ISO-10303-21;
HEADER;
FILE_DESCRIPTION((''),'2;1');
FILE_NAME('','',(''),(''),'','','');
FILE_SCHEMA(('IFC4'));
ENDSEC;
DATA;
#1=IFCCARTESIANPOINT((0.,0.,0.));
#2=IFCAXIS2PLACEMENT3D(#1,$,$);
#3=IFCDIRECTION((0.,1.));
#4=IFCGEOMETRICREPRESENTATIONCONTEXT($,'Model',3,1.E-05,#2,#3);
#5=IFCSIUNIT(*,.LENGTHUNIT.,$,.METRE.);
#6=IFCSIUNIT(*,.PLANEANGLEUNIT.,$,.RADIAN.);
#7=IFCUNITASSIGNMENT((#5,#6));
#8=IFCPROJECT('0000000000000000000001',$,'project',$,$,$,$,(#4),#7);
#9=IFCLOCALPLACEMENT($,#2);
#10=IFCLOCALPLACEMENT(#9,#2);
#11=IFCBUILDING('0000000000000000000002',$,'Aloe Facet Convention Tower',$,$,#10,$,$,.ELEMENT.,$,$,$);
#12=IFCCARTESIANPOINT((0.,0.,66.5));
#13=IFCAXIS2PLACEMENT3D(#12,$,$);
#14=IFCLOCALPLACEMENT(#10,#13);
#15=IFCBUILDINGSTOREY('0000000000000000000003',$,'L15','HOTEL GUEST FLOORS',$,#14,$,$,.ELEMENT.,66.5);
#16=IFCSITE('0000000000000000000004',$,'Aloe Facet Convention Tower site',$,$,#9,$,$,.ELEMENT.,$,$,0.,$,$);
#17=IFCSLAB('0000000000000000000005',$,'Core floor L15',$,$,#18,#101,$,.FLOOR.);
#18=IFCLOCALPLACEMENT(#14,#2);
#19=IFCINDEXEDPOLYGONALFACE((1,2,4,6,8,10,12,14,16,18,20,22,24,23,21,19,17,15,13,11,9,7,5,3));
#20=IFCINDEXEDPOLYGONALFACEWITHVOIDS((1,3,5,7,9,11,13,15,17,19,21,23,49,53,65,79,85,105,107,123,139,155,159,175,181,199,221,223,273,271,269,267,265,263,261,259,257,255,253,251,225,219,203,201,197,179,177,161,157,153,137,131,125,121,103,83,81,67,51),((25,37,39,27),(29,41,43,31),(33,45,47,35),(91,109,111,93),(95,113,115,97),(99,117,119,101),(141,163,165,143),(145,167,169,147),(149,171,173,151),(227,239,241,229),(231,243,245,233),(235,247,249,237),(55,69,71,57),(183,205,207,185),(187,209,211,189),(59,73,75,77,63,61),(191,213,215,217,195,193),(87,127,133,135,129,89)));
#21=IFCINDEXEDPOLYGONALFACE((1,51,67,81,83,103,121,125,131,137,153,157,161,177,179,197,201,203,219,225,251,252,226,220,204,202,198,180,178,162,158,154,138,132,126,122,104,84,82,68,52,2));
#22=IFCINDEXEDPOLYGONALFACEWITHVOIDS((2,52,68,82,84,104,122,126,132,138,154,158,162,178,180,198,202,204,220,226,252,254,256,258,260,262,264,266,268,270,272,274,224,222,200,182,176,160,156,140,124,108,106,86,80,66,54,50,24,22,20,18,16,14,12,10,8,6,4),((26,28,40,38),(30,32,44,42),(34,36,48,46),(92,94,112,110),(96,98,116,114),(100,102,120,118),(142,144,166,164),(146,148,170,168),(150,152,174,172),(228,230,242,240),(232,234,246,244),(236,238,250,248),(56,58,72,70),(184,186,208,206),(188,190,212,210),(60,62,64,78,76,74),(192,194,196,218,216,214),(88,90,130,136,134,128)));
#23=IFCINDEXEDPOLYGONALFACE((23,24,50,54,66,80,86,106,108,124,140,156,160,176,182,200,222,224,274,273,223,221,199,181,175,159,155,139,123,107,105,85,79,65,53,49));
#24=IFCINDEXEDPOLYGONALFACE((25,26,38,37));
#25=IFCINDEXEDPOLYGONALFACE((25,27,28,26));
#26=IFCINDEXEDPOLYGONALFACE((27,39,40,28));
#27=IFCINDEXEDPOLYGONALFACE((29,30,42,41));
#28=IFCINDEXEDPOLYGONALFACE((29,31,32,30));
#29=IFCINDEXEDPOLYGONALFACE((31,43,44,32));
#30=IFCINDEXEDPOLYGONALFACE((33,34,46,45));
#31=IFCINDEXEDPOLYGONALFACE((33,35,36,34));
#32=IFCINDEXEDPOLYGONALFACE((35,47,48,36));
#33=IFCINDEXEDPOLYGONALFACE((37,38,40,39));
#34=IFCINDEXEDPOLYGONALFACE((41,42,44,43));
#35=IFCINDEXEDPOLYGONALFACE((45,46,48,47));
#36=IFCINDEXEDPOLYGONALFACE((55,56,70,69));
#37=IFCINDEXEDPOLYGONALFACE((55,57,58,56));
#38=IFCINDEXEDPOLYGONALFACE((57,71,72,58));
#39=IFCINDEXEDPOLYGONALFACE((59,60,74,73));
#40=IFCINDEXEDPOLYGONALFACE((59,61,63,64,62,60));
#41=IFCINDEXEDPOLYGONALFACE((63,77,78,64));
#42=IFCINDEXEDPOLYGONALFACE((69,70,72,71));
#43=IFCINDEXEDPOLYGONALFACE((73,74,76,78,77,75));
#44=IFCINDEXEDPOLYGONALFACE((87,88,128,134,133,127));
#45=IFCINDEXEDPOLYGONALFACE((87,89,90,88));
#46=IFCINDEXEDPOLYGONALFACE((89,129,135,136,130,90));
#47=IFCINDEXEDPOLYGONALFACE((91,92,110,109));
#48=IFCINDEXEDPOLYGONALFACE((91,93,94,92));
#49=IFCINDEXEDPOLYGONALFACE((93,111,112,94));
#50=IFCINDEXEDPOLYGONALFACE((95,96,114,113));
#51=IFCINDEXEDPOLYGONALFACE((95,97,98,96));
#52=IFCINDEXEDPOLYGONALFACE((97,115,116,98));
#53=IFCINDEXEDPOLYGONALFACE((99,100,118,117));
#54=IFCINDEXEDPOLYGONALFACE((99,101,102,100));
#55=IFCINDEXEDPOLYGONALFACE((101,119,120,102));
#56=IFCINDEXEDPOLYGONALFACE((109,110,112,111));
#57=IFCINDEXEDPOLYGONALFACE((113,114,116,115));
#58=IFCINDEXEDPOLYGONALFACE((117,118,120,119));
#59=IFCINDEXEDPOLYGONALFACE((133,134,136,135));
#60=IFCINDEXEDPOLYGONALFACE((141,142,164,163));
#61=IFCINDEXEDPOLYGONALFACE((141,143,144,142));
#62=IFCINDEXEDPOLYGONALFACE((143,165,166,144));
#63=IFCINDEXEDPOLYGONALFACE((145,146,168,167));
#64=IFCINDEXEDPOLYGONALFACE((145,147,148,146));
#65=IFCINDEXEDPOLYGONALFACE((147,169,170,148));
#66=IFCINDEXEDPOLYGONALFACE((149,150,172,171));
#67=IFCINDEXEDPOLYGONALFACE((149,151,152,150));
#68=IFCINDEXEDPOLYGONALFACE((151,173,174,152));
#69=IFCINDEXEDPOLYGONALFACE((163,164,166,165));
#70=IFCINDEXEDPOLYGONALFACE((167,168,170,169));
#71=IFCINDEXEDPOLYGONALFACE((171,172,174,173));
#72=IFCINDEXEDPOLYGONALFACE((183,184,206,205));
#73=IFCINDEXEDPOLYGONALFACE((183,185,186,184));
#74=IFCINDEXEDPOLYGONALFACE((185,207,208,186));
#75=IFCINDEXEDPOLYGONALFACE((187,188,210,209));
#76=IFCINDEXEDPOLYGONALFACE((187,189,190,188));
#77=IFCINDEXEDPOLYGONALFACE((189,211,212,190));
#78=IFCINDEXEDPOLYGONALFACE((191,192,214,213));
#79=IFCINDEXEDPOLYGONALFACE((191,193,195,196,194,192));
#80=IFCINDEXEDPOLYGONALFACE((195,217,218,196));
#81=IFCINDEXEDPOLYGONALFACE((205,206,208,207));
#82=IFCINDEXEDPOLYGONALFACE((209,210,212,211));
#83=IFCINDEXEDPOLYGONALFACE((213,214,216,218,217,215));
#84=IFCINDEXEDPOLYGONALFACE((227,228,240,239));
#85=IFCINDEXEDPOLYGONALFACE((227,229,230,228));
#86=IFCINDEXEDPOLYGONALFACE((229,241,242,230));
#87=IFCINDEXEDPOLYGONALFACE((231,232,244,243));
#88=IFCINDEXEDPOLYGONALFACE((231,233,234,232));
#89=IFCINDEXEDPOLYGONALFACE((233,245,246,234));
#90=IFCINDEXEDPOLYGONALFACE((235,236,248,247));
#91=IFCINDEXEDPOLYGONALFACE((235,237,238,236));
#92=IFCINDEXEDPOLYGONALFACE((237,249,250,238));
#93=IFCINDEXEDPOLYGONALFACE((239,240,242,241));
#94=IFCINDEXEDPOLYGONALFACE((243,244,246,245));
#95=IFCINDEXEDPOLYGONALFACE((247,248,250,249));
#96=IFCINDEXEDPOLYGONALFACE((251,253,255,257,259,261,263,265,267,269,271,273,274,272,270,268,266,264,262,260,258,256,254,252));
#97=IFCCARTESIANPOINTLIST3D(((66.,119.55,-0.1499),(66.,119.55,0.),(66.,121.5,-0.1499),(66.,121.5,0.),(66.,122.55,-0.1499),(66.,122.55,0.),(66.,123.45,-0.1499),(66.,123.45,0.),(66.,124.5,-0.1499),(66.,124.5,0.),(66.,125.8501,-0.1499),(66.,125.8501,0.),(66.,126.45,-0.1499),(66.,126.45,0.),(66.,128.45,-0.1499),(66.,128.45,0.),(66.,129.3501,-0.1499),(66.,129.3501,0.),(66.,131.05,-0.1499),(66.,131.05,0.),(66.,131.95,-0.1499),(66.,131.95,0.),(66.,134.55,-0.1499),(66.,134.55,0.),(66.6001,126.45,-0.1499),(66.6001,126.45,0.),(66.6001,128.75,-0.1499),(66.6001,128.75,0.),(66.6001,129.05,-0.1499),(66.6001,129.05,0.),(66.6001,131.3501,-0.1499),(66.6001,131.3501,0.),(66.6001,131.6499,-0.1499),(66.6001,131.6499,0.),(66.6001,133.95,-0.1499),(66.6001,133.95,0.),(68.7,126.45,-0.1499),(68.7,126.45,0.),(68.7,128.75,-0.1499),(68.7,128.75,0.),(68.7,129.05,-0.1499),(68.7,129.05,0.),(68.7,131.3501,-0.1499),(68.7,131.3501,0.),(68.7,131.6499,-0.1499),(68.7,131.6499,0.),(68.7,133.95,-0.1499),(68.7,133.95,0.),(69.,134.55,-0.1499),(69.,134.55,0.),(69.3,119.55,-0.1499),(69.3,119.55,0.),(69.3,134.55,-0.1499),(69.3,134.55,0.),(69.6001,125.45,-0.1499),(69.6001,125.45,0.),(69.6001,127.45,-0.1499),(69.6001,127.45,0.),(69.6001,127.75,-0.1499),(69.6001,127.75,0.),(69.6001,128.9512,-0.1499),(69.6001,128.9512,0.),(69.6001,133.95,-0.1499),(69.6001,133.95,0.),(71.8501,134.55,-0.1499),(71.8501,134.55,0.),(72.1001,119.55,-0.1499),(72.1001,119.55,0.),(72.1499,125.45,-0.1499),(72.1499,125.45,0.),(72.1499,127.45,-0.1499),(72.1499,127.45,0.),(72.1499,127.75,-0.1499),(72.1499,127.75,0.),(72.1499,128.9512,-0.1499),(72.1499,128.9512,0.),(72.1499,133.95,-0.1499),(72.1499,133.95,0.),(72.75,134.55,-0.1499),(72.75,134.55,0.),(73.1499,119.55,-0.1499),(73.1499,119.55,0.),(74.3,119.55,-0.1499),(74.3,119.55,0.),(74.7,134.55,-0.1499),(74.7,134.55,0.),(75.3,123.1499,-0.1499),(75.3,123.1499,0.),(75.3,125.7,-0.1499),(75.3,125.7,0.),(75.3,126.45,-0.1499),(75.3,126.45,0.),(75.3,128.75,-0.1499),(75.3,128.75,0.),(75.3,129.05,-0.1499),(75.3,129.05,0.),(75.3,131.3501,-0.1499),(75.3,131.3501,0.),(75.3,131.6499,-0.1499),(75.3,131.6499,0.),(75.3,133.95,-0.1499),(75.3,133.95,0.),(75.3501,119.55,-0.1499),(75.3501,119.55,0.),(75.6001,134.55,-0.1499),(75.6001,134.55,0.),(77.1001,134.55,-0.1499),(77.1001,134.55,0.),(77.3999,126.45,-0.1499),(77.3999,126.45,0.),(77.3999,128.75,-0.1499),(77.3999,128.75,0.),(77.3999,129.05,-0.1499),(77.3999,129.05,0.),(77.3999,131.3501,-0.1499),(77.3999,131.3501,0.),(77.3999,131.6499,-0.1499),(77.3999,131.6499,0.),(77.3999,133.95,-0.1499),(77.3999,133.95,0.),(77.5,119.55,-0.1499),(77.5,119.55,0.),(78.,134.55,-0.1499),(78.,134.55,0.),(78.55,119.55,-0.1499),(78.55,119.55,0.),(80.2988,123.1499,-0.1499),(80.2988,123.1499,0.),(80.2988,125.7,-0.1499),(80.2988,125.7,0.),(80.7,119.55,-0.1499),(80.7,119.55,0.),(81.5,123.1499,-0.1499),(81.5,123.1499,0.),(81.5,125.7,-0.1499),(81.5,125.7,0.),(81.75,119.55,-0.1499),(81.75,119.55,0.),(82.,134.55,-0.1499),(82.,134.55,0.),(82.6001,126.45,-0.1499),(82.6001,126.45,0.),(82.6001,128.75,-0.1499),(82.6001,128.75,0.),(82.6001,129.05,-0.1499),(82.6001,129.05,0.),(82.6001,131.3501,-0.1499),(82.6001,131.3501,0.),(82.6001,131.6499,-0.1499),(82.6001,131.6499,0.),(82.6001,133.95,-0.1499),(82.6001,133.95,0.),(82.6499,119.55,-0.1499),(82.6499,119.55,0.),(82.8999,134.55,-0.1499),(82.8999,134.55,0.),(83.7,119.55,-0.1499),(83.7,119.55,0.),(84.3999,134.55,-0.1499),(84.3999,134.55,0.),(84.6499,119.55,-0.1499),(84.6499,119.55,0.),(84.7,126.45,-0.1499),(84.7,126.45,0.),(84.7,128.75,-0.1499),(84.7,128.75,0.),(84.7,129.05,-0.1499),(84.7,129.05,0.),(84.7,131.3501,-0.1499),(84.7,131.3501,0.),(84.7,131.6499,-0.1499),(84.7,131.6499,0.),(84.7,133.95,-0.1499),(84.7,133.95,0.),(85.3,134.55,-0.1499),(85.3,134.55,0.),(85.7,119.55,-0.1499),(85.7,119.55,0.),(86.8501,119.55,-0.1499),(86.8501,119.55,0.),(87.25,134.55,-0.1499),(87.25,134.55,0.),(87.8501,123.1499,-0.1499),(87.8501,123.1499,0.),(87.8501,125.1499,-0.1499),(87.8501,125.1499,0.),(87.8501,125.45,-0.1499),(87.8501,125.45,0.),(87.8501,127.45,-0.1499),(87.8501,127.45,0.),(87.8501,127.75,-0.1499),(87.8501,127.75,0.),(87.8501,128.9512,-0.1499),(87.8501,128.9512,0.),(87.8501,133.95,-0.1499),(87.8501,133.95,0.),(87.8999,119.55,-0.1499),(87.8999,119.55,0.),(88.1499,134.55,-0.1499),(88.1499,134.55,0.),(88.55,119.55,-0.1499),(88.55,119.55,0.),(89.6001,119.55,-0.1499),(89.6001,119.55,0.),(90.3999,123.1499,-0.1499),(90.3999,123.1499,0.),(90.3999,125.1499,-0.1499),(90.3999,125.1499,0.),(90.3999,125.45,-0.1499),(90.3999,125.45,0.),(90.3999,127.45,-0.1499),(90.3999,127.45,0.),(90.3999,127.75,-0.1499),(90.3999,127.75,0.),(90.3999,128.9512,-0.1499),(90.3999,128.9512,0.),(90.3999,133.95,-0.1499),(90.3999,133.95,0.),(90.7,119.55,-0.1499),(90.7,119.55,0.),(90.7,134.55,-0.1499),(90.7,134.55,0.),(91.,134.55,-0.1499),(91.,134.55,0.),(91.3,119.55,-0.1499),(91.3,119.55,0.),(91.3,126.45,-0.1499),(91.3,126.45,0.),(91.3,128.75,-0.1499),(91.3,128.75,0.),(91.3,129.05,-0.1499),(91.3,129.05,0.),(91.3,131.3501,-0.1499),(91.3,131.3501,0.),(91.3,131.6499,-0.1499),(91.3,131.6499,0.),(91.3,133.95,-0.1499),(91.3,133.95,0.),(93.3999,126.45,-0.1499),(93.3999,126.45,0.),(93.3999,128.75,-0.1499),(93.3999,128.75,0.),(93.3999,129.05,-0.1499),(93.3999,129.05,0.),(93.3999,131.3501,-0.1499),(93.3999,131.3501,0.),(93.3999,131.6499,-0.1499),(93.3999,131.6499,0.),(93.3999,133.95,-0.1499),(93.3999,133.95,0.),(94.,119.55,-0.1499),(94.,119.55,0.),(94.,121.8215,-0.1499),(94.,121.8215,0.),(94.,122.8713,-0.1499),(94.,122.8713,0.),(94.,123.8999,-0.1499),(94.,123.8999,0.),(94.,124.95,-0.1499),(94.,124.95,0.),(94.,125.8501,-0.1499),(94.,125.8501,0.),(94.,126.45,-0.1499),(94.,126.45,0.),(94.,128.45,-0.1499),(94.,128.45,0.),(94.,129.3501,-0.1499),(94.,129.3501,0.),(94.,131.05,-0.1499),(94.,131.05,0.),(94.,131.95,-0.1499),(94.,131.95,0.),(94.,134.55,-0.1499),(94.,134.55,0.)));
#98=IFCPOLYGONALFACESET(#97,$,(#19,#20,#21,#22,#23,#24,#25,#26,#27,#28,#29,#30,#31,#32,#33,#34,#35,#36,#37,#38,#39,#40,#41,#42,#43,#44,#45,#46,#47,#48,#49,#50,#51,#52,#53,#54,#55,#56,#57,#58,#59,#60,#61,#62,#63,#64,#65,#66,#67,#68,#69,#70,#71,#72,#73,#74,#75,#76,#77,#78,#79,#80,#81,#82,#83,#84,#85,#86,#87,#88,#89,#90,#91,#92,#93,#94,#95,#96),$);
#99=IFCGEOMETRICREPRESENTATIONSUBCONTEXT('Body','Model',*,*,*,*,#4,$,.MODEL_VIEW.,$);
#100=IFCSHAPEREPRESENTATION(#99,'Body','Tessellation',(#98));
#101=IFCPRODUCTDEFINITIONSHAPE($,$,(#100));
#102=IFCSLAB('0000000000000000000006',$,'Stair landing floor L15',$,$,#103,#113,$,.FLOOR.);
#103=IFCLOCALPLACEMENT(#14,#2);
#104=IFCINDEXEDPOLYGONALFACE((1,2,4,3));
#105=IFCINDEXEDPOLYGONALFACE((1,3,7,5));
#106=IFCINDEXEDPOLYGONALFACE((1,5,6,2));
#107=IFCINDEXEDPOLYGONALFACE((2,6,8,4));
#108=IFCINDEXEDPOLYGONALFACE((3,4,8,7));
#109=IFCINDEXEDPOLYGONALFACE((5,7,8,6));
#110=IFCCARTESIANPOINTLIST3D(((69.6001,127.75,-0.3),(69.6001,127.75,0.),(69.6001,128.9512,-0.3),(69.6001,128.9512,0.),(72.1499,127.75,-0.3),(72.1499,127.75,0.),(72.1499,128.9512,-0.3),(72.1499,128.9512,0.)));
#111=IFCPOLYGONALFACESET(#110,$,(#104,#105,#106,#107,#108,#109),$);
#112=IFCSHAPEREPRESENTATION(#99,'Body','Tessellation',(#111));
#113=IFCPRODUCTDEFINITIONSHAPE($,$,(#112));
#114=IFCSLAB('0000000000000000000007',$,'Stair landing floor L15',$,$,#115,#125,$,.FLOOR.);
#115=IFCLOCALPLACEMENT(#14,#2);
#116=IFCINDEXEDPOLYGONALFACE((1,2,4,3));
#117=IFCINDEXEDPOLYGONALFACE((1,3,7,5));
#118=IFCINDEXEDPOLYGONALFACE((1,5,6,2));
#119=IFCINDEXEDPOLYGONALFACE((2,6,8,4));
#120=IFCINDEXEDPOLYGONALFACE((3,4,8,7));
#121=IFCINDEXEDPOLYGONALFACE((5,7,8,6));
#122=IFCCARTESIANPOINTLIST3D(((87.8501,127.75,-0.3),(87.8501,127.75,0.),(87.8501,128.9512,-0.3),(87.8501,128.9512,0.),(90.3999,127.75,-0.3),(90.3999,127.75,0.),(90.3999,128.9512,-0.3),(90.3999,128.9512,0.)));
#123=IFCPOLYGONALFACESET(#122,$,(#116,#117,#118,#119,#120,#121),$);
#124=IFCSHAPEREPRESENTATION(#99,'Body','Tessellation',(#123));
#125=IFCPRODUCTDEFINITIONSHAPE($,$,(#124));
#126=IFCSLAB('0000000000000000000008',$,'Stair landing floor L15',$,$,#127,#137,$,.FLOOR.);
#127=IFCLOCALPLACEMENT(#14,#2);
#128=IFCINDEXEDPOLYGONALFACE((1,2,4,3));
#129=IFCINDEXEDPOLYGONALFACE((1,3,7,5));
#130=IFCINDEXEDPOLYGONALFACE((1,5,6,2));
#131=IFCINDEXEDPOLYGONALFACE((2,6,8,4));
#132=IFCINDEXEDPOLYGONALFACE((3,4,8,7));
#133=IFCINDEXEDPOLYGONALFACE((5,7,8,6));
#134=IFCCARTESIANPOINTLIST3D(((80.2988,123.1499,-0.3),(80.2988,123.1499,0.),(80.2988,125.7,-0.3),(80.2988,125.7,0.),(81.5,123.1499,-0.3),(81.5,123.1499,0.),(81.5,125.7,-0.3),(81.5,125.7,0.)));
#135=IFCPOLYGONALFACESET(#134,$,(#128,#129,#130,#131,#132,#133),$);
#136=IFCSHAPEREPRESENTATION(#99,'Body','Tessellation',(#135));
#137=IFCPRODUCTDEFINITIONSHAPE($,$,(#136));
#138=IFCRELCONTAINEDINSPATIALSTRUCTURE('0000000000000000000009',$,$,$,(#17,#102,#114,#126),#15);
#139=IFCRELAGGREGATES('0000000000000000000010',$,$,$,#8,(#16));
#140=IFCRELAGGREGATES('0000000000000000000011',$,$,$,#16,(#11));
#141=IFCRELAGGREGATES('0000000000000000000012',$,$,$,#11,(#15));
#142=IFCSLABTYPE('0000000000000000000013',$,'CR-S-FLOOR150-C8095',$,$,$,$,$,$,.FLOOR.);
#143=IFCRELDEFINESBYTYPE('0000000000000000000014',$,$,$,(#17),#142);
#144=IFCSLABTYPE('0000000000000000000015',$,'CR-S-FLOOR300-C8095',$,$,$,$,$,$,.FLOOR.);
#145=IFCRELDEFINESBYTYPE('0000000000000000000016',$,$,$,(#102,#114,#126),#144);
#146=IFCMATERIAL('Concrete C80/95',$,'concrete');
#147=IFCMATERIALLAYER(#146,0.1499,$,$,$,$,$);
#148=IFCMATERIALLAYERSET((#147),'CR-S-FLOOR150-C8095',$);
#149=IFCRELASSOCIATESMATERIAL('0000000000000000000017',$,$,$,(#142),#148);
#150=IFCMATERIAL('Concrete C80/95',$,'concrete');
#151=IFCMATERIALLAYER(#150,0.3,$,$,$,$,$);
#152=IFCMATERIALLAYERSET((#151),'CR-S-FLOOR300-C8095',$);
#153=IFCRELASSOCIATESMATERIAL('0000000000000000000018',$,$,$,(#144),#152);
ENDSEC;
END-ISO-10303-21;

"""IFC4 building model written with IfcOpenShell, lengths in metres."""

from ifc_helpers import new_model, si_unit, direction, frame, origin, place, context, subcontext, project, spatial, polyline, outline, extrude, material, layer, layer_set, type_object, element, save


model = new_model("IFC4")

# Units and contexts
model_context = context("Model", 3, precision=1e-05, world=origin(), true_north=direction((0.0, 1.0)))
body_context = subcontext(model_context, "Body", "Model", "MODEL_VIEW")
ifc_project = project(units=[si_unit("LENGTHUNIT", "METRE"), si_unit("PLANEANGLEUNIT", "RADIAN")], contexts=[model_context])

# Site, building, storey
site_placement = place(None, origin())
site = spatial("IfcSite", under=ifc_project, at=site_placement, Name="Aloe Facet Convention Tower site", CompositionType="ELEMENT", RefElevation=0.0)
building_placement = place(site_placement, origin())
building = spatial("IfcBuilding", under=site, at=building_placement, Name="Aloe Facet Convention Tower", CompositionType="ELEMENT")
storey_placement = place(building_placement, frame((0.0, 0.0, 66.5)))
storey = spatial("IfcBuildingStorey", under=building, at=storey_placement, Name="L15", Description="HOTEL GUEST FLOORS", CompositionType="ELEMENT", Elevation=66.5)

# Slabs
ifc_material_1 = material(Name="Concrete C80/95", Category="concrete")
ifc_layer_1 = layer(ifc_material_1, 0.1499)
ifc_layer_set_1 = layer_set([ifc_layer_1], Name="CR-S-FLOOR150-C8095")
slab_type_1 = type_object("IfcSlabType", Name="CR-S-FLOOR150-C8095", PredefinedType="FLOOR", material=ifc_layer_set_1)
slab_1_placement = place(storey_placement, frame((0.0, 0.0, -0.1499)))
element("IfcSlab", 1, at=slab_1_placement, inside=storey, type_object=slab_type_1, Name="Core floor L15", PredefinedType="FLOOR", context=body_context, shape_type="SweptSolid", body=[
    extrude(outline(polyline([(69.3, 134.55), (71.8501, 134.55), (72.75, 134.55), (74.7, 134.55), (75.6001, 134.55), (77.1001, 134.55), (78.0, 134.55), (82.0, 134.55), (82.8999, 134.55), (84.3999, 134.55), (85.3, 134.55), (87.25, 134.55), (88.1499, 134.55), (90.7, 134.55), (91.0, 134.55), (94.0, 134.55), (94.0, 131.95), (94.0, 131.05), (94.0, 129.3501), (94.0, 128.45), (94.0, 126.45), (94.0, 125.8501), (94.0, 124.95), (94.0, 123.8999), (94.0, 122.8713), (94.0, 121.8215), (94.0, 119.55), (91.3, 119.55), (90.7, 119.55), (89.6001, 119.55), (88.55, 119.55), (87.8999, 119.55), (86.8501, 119.55), (85.7, 119.55), (84.6499, 119.55), (83.7, 119.55), (82.6499, 119.55), (81.75, 119.55), (80.7, 119.55), (78.55, 119.55), (77.5, 119.55), (75.3501, 119.55), (74.3, 119.55), (73.1499, 119.55), (72.1001, 119.55), (69.3, 119.55), (66.0, 119.55), (66.0, 121.5), (66.0, 122.55), (66.0, 123.45), (66.0, 124.5), (66.0, 125.8501), (66.0, 126.45), (66.0, 128.45), (66.0, 129.3501), (66.0, 131.05), (66.0, 131.95), (66.0, 134.55), (69.0, 134.55), (69.3, 134.55)]), holes=[polyline([(75.3, 123.1499), (80.2988, 123.1499), (81.5, 123.1499), (81.5, 125.7), (80.2988, 125.7), (75.3, 125.7), (75.3, 123.1499)]), polyline([(69.6001, 125.45), (72.1499, 125.45), (72.1499, 127.45), (69.6001, 127.45), (69.6001, 125.45)]), polyline([(66.6001, 126.45), (68.7, 126.45), (68.7, 128.75), (66.6001, 128.75), (66.6001, 126.45)]), polyline([(75.3, 126.45), (77.3999, 126.45), (77.3999, 128.75), (75.3, 128.75), (75.3, 126.45)]), polyline([(66.6001, 129.05), (68.7, 129.05), (68.7, 131.3501), (66.6001, 131.3501), (66.6001, 129.05)]), polyline([(75.3, 129.05), (77.3999, 129.05), (77.3999, 131.3501), (75.3, 131.3501), (75.3, 129.05)]), polyline([(69.6001, 133.95), (69.6001, 128.9512), (69.6001, 127.75), (72.1499, 127.75), (72.1499, 128.9512), (72.1499, 133.95), (69.6001, 133.95)]), polyline([(66.6001, 133.95), (66.6001, 131.6499), (68.7, 131.6499), (68.7, 133.95), (66.6001, 133.95)]), polyline([(75.3, 133.95), (75.3, 131.6499), (77.3999, 131.6499), (77.3999, 133.95), (75.3, 133.95)]), polyline([(87.8501, 123.1499), (90.3999, 123.1499), (90.3999, 125.1499), (87.8501, 125.1499), (87.8501, 123.1499)]), polyline([(87.8501, 125.45), (90.3999, 125.45), (90.3999, 127.45), (87.8501, 127.45), (87.8501, 125.45)]), polyline([(82.6001, 126.45), (84.7, 126.45), (84.7, 128.75), (82.6001, 128.75), (82.6001, 126.45)]), polyline([(91.3, 126.45), (93.3999, 126.45), (93.3999, 128.75), (91.3, 128.75), (91.3, 126.45)]), polyline([(82.6001, 129.05), (84.7, 129.05), (84.7, 131.3501), (82.6001, 131.3501), (82.6001, 129.05)]), polyline([(91.3, 129.05), (93.3999, 129.05), (93.3999, 131.3501), (91.3, 131.3501), (91.3, 129.05)]), polyline([(87.8501, 133.95), (87.8501, 128.9512), (87.8501, 127.75), (90.3999, 127.75), (90.3999, 128.9512), (90.3999, 133.95), (87.8501, 133.95)]), polyline([(82.6001, 133.95), (82.6001, 131.6499), (84.7, 131.6499), (84.7, 133.95), (82.6001, 133.95)]), polyline([(91.3, 133.95), (91.3, 131.6499), (93.3999, 131.6499), (93.3999, 133.95), (91.3, 133.95)])]), origin(), (0.0, 0.0, 1.0), 0.1499),
])
ifc_material_2 = material(Name="Concrete C80/95", Category="concrete")
ifc_layer_2 = layer(ifc_material_2, 0.3)
ifc_layer_set_2 = layer_set([ifc_layer_2], Name="CR-S-FLOOR300-C8095")
slab_type_2 = type_object("IfcSlabType", Name="CR-S-FLOOR300-C8095", PredefinedType="FLOOR", material=ifc_layer_set_2)
slab_2_placement = place(storey_placement, frame((0.0, 0.0, -0.3)))
element("IfcSlab", 2, at=slab_2_placement, inside=storey, type_object=slab_type_2, Name="Stair landing floor L15", PredefinedType="FLOOR", context=body_context, shape_type="SweptSolid", body=[
    extrude(outline(polyline([(72.1499, 127.75), (72.1499, 128.9512), (69.6001, 128.9512), (69.6001, 127.75), (72.1499, 127.75)])), origin(), (0.0, 0.0, 1.0), 0.3),
])
slab_3_placement = place(storey_placement, frame((0.0, 0.0, -0.3)))
element("IfcSlab", 3, at=slab_3_placement, inside=storey, type_object=slab_type_2, Name="Stair landing floor L15", PredefinedType="FLOOR", context=body_context, shape_type="SweptSolid", body=[
    extrude(outline(polyline([(90.3999, 127.75), (90.3999, 128.9512), (87.8501, 128.9512), (87.8501, 127.75), (90.3999, 127.75)])), origin(), (0.0, 0.0, 1.0), 0.3),
])
slab_4_placement = place(storey_placement, frame((0.0, 0.0, -0.3)))
element("IfcSlab", 4, at=slab_4_placement, inside=storey, type_object=slab_type_2, Name="Stair landing floor L15", PredefinedType="FLOOR", context=body_context, shape_type="SweptSolid", body=[
    extrude(outline(polyline([(81.5, 125.7), (80.2988, 125.7), (80.2988, 123.1499), (81.5, 123.1499), (81.5, 125.7)])), origin(), (0.0, 0.0, 1.0), 0.3),
])

save(model, "model.ifc")
